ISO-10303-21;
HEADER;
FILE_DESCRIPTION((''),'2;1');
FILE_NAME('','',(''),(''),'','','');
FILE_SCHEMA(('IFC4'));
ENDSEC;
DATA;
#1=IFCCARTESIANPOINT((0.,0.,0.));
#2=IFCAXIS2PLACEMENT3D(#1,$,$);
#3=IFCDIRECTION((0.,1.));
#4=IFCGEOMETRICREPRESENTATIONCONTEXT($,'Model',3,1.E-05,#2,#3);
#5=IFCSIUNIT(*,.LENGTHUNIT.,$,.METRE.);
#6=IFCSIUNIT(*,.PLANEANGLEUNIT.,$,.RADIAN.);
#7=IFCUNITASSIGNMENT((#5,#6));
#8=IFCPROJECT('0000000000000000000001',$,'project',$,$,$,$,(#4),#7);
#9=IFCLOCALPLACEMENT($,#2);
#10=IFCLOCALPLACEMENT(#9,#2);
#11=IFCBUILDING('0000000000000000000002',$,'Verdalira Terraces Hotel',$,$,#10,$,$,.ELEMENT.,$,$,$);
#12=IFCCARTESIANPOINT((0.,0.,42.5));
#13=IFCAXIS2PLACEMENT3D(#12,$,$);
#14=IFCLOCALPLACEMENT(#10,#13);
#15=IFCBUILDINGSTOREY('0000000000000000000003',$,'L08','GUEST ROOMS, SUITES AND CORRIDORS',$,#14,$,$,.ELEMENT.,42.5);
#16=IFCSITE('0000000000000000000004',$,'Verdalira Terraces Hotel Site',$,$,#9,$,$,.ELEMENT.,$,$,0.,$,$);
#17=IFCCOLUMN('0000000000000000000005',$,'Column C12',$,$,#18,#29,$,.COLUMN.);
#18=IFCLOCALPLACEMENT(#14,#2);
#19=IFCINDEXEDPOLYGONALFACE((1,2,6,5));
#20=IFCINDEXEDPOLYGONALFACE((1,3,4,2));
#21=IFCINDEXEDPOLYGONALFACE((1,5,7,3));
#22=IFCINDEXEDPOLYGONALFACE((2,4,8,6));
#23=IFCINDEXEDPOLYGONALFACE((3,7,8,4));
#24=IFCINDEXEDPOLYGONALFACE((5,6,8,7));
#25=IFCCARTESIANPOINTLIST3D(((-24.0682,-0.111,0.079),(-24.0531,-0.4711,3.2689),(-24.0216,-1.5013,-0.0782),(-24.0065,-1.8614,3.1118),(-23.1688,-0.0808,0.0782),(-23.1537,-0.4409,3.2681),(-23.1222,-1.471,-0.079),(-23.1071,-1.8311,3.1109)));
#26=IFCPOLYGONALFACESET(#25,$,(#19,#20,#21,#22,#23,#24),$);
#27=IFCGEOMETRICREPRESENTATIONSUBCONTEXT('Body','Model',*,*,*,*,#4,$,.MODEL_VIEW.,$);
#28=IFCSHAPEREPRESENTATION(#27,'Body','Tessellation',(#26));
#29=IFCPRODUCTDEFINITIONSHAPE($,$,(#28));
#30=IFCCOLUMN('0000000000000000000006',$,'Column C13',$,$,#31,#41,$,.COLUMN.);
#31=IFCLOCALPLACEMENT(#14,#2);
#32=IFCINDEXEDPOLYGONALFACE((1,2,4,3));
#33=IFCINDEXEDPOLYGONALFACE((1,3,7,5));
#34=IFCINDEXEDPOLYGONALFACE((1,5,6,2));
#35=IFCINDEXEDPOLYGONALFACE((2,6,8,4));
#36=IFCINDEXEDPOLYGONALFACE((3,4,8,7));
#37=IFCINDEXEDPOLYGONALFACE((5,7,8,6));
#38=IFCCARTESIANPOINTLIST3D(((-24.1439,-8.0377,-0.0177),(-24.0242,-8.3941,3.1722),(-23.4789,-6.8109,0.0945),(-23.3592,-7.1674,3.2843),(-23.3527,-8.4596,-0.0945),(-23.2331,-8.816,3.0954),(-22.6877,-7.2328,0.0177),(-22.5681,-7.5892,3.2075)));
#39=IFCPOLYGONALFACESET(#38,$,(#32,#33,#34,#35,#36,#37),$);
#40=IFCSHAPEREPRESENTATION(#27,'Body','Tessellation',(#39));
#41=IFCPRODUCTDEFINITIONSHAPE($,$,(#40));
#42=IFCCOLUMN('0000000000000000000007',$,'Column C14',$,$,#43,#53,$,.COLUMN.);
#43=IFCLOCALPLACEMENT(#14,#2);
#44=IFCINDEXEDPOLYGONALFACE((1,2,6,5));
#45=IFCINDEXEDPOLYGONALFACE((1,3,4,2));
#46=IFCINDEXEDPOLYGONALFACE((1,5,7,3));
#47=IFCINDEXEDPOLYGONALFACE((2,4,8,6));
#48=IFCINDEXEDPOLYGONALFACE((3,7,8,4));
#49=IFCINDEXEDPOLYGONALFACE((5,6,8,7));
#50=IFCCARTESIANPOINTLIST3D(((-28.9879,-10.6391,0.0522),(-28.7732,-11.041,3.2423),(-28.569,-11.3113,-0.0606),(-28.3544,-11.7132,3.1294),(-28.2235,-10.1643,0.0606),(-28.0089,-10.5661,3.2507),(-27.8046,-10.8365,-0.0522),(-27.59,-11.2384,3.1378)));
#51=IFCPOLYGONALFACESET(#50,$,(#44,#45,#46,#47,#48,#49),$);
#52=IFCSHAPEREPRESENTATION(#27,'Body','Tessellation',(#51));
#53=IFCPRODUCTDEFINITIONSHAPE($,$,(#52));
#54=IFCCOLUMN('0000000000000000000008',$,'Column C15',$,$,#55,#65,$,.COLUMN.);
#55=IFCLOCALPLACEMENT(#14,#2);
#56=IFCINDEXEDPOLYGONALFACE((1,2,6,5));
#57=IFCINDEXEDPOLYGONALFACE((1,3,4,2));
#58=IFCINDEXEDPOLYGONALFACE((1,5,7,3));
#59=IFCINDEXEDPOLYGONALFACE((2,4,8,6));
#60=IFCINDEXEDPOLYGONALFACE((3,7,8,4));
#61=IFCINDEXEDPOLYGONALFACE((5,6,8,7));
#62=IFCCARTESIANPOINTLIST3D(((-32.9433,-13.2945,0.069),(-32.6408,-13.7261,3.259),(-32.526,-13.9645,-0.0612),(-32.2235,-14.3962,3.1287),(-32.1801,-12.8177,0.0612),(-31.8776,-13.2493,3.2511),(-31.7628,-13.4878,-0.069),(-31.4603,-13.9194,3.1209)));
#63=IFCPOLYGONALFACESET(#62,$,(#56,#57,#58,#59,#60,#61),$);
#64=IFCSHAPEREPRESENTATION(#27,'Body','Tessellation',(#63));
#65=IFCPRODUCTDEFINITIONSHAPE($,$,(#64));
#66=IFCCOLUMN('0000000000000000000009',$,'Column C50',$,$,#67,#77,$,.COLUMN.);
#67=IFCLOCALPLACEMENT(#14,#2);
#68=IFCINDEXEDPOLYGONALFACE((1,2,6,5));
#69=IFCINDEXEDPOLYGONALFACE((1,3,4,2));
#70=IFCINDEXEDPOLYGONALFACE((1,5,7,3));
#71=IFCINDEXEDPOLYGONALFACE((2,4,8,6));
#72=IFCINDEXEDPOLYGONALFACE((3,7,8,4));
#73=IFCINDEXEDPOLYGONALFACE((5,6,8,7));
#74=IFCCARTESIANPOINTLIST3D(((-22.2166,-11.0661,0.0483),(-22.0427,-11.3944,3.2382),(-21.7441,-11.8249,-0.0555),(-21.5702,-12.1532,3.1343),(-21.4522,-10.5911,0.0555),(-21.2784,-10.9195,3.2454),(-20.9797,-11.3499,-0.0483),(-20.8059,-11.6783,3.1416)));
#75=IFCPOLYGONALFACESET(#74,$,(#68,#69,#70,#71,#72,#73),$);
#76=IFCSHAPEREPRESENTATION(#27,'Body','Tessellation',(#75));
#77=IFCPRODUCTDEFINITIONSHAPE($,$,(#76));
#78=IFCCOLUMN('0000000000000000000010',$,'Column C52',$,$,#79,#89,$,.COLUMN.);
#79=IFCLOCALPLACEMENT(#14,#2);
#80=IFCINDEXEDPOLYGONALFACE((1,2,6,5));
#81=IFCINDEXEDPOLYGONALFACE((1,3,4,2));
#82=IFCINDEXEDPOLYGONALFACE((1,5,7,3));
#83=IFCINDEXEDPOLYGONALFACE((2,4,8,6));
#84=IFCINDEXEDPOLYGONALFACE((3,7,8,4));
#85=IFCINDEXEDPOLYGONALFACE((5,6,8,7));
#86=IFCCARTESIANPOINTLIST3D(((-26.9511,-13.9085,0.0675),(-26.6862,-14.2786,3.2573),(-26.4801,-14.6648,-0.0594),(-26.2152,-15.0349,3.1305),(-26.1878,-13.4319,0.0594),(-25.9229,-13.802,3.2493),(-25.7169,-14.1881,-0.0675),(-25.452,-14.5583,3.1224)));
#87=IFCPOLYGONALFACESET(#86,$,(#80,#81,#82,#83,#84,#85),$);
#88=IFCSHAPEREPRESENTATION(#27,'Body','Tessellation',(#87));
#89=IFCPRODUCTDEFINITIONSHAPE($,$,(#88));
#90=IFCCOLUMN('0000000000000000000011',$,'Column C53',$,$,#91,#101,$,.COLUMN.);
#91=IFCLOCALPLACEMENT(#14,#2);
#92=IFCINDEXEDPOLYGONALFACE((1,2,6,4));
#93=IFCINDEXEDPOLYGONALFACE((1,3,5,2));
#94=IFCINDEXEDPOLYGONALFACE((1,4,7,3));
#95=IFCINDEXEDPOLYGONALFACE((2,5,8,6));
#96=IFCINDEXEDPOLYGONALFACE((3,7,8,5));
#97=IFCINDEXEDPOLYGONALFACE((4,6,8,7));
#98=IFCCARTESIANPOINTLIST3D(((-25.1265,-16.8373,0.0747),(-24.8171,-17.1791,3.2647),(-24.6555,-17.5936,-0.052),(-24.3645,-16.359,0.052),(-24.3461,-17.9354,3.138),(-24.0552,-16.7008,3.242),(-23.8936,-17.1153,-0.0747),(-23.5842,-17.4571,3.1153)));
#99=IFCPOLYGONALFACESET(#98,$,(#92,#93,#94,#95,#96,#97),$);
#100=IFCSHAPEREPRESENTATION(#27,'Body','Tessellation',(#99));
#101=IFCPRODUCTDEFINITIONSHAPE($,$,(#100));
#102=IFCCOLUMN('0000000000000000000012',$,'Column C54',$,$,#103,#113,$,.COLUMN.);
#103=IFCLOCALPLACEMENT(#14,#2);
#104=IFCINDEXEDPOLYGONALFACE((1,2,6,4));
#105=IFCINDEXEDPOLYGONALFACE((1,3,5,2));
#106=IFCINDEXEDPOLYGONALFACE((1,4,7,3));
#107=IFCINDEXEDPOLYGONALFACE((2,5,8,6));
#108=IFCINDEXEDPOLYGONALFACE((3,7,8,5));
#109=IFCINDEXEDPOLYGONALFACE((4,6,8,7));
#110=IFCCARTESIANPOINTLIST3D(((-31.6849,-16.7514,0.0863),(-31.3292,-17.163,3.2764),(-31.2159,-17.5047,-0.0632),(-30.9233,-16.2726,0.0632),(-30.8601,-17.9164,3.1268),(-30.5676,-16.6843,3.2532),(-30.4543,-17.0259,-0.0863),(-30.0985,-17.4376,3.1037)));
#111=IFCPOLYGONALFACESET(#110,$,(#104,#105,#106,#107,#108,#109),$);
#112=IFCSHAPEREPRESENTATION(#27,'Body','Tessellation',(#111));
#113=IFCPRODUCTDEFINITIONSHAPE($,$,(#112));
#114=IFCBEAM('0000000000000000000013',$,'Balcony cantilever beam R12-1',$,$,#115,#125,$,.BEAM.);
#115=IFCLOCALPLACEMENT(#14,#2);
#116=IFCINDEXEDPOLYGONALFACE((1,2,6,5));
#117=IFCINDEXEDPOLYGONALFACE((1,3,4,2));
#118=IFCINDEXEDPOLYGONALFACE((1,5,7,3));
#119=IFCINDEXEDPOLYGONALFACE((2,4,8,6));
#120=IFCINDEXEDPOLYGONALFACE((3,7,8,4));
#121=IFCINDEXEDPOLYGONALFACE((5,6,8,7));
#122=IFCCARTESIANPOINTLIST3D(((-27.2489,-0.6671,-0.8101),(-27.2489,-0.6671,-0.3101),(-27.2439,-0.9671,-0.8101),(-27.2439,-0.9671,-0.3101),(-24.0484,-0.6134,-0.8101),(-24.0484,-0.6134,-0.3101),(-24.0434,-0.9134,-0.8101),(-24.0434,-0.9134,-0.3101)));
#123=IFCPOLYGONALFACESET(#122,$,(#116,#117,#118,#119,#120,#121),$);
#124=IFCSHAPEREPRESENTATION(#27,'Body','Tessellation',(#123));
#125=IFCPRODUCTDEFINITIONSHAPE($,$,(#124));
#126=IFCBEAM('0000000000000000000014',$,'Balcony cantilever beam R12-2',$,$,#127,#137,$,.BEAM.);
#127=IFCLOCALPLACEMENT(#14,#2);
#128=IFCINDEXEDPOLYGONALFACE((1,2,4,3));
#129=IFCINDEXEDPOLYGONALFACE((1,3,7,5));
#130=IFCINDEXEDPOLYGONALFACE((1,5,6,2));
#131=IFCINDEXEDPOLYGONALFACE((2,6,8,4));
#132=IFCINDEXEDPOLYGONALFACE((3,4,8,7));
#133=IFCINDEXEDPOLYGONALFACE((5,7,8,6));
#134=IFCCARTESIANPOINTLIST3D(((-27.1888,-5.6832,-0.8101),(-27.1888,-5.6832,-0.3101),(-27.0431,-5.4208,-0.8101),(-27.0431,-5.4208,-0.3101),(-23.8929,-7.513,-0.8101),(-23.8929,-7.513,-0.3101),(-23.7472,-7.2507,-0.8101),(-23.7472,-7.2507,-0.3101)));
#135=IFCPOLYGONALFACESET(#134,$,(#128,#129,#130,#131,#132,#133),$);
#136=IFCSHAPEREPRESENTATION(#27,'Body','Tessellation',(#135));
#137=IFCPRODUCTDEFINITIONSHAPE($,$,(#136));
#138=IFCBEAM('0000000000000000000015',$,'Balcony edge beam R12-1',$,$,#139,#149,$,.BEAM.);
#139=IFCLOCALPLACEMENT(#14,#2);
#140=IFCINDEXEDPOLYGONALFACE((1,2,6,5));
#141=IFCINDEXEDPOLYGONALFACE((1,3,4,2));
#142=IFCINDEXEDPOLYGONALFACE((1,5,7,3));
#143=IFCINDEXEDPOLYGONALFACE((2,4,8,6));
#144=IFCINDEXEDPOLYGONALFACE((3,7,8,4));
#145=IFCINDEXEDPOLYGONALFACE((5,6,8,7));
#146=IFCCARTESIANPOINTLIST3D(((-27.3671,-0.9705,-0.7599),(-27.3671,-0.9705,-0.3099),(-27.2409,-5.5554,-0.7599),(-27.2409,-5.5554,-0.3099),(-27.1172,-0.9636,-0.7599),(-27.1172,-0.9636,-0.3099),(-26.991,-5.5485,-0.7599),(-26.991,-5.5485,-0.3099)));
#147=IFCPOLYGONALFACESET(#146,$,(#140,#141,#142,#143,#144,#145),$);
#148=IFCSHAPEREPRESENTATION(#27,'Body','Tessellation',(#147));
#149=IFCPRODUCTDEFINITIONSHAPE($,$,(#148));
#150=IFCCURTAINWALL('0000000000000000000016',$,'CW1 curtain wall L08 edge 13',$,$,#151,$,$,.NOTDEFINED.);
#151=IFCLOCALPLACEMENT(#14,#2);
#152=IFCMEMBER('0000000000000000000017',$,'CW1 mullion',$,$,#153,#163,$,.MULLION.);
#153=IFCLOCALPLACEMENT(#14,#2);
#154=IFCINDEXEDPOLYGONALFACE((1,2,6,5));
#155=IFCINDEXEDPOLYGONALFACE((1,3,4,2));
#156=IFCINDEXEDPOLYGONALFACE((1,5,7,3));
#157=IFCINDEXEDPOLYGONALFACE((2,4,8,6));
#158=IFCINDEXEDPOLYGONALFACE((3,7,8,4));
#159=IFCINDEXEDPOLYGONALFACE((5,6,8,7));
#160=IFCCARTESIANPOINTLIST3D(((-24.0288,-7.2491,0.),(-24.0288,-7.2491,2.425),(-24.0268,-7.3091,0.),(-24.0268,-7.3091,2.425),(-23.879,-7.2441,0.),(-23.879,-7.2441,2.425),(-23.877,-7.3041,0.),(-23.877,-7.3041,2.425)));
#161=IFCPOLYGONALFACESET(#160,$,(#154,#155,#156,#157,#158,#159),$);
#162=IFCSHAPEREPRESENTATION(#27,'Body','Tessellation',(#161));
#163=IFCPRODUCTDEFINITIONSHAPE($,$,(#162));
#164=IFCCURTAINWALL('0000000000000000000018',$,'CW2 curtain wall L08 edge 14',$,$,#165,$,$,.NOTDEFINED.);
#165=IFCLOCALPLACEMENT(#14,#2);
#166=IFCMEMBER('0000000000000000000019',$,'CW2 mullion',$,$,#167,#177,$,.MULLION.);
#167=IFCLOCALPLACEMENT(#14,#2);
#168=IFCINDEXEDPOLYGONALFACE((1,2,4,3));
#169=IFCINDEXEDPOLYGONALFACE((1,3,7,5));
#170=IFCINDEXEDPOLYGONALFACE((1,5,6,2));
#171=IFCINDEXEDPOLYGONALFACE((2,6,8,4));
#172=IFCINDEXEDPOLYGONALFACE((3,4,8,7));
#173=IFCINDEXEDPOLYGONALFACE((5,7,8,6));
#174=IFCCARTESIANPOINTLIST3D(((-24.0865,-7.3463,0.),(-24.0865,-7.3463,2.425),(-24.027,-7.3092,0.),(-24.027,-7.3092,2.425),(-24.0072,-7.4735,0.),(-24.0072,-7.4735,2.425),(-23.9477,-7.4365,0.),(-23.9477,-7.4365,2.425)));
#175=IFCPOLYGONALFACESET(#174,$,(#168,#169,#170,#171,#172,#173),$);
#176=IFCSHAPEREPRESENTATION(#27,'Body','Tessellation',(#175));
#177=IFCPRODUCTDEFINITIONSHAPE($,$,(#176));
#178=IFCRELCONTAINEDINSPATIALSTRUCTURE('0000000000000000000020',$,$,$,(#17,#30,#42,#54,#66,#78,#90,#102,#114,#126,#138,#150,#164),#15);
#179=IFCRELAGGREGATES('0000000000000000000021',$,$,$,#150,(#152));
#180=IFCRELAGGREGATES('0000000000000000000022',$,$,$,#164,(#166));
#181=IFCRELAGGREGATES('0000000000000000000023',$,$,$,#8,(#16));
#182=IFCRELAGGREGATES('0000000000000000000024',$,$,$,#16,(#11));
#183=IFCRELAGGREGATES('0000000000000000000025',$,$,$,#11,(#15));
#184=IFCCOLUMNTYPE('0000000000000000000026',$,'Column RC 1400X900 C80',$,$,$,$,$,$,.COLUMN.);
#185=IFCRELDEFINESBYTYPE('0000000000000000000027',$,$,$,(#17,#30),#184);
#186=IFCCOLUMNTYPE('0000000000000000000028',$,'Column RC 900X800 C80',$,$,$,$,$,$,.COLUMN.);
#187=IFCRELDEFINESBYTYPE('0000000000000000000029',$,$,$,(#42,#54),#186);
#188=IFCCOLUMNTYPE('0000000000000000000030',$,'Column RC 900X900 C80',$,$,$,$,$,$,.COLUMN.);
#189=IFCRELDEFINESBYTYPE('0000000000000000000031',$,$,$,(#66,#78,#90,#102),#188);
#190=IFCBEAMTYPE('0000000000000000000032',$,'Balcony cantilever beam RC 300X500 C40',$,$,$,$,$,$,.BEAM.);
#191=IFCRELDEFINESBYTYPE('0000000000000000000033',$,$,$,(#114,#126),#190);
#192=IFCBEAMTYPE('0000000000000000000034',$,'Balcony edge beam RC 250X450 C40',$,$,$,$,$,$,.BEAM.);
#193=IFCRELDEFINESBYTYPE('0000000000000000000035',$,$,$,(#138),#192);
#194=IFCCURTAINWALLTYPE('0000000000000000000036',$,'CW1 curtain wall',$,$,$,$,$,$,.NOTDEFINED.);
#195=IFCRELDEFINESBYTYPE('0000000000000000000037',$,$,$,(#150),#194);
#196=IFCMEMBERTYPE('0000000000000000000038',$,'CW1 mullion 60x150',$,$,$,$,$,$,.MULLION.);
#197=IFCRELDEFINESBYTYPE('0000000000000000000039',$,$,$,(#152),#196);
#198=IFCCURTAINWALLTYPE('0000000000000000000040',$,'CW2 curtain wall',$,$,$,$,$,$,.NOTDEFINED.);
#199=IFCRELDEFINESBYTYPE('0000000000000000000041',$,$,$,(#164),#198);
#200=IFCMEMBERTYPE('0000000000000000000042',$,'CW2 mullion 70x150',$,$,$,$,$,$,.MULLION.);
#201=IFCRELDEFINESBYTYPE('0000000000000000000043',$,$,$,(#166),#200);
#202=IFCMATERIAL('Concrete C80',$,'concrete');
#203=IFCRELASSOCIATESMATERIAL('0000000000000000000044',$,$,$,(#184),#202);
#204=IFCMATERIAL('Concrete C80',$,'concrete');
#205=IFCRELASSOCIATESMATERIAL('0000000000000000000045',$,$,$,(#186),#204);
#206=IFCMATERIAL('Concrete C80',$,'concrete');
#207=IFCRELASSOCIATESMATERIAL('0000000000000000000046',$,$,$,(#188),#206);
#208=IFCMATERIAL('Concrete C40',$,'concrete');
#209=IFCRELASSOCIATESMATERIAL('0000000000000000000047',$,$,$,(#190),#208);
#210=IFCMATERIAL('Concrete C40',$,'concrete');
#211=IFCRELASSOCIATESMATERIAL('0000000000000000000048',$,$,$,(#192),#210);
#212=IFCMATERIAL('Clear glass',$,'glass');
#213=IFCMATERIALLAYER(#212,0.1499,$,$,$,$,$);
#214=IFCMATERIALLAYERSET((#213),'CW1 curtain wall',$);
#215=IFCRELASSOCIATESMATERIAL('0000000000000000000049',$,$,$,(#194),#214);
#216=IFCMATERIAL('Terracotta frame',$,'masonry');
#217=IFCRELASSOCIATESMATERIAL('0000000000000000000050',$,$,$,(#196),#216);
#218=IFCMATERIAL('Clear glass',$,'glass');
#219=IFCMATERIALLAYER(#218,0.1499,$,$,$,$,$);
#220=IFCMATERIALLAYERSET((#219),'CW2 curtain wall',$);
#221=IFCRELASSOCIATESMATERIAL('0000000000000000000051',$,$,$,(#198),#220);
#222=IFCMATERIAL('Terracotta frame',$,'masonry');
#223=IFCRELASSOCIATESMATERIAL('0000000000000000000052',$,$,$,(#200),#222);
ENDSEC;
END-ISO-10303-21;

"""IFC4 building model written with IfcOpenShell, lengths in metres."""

from ifc_helpers import new_model, si_unit, direction, frame, origin, origin_2d, place, context, subcontext, project, spatial, rectangle, extrude, material, layer, layer_set, material_profile, profile_set, type_object, element, aggregate, save


model = new_model("IFC4")

# Units and contexts
model_context = context("Model", 3, precision=1e-05, world=origin(), true_north=direction((0.0, 1.0)))
body_context = subcontext(model_context, "Body", "Model", "MODEL_VIEW")
ifc_project = project(units=[si_unit("LENGTHUNIT", "METRE"), si_unit("PLANEANGLEUNIT", "RADIAN")], contexts=[model_context])

# Site, building, storey
site_placement = place(None, origin())
site = spatial("IfcSite", under=ifc_project, at=site_placement, Name="Verdalira Terraces Hotel Site", CompositionType="ELEMENT", RefElevation=0.0)
building_placement = place(site_placement, origin())
building = spatial("IfcBuilding", under=site, at=building_placement, Name="Verdalira Terraces Hotel", CompositionType="ELEMENT")
storey_placement = place(building_placement, frame((0.0, 0.0, 42.5)))
storey = spatial("IfcBuildingStorey", under=building, at=storey_placement, Name="L08", Description="GUEST ROOMS, SUITES AND CORRIDORS", CompositionType="ELEMENT", Elevation=42.5)

# Columns
ifc_material_1 = material(Name="Concrete C80", Category="concrete")
ifc_material_profile_1 = material_profile(ifc_material_1, rectangle(XDim=1.3999, YDim=0.8999, at=origin_2d()), Name="RC 1400X900")
ifc_profile_set_1 = profile_set([ifc_material_profile_1], Name="Concrete C80")
column_type_1 = type_object("IfcColumnType", Name="Column RC 1400X900 C80", PredefinedType="COLUMN", material=ifc_profile_set_1)
column_1_placement = place(storey_placement, frame((-23.5952, -0.791, 0.0), z_axis=(0.004715, -0.112175, 0.993677), x_axis=(0.033306, -0.993119, -0.11227)))
element("IfcColumn", 1, at=column_1_placement, inside=storey, type_object=column_type_1, Name="Column C12", PredefinedType="COLUMN", context=body_context, shape_type="SweptSolid", body=[
    extrude(rectangle(XDim=1.3999, YDim=0.8999, at=origin_2d()), origin(), (0.0, 0.0, 1.0), 3.2102),
])
column_2_placement = place(storey_placement, frame((-23.4158, -7.6353, 0.0), z_axis=(0.037244, -0.110972, 0.993125), x_axis=(0.475039, 0.876311, 0.080104)))
element("IfcColumn", 2, at=column_2_placement, inside=storey, type_object=column_type_1, Name="Column C13", PredefinedType="COLUMN", context=body_context, shape_type="SweptSolid", body=[
    extrude(rectangle(XDim=1.3999, YDim=0.8999, at=origin_2d()), origin(), (0.0, 0.0, 1.0), 3.2119),
])
ifc_material_2 = material(Name="Concrete C80", Category="concrete")
ifc_material_profile_2 = material_profile(ifc_material_2, rectangle(XDim=0.8999, YDim=0.8, at=origin_2d()), Name="RC 900X800")
ifc_profile_set_2 = profile_set([ifc_material_profile_2], Name="Concrete C80")
column_type_2 = type_object("IfcColumnType", Name="Column RC 900X800 C80", PredefinedType="COLUMN", material=ifc_profile_set_2)
column_3_placement = place(storey_placement, frame((-28.3962, -10.7378, 0.0), z_axis=(0.066598, -0.12471, 0.989956), x_axis=(-0.84941, -0.527651, -0.009328)))
element("IfcColumn", 3, at=column_3_placement, inside=storey, type_object=column_type_2, Name="Column C14", PredefinedType="COLUMN", context=body_context, shape_type="SweptSolid", body=[
    extrude(rectangle(XDim=0.8999, YDim=0.8, at=origin_2d()), origin(), (0.0, 0.0, 1.0), 3.2224),
])
column_4_placement = place(storey_placement, frame((-32.353, -13.3911, 0.0), z_axis=(0.093558, -0.133503, 0.986622), x_axis=(-0.848078, -0.529799, 0.008731)))
element("IfcColumn", 4, at=column_4_placement, inside=storey, type_object=column_type_2, Name="Column C15", PredefinedType="COLUMN", context=body_context, shape_type="SweptSolid", body=[
    extrude(rectangle(XDim=0.8999, YDim=0.8, at=origin_2d()), origin(), (0.0, 0.0, 1.0), 3.2332),
])
ifc_material_3 = material(Name="Concrete C80", Category="concrete")
ifc_material_profile_3 = material_profile(ifc_material_3, rectangle(XDim=0.8999, YDim=0.8999, at=origin_2d()), Name="RC 900X900")
ifc_profile_set_3 = profile_set([ifc_material_profile_3], Name="Concrete C80")
column_type_3 = type_object("IfcColumnType", Name="Column RC 900X900 C80", PredefinedType="COLUMN", material=ifc_profile_set_3)
column_5_placement = place(storey_placement, frame((-21.5981, -11.208, 0.0), z_axis=(0.054127, -0.102248, 0.993285), x_axis=(-0.849356, -0.527759, -0.008043)))
element("IfcColumn", 5, at=column_5_placement, inside=storey, type_object=column_type_3, Name="Column C50", PredefinedType="COLUMN", context=body_context, shape_type="SweptSolid", body=[
    extrude(rectangle(XDim=0.8999, YDim=0.8999, at=origin_2d()), origin(), (0.0, 0.0, 1.0), 3.2114),
])
column_6_placement = place(storey_placement, frame((-26.334, -14.0483, 0.0), z_axis=(0.082207, -0.114863, 0.989974), x_axis=(-0.848152, -0.529677, 0.008974)))
element("IfcColumn", 6, at=column_6_placement, inside=storey, type_object=column_type_3, Name="Column C52", PredefinedType="COLUMN", context=body_context, shape_type="SweptSolid", body=[
    extrude(rectangle(XDim=0.8999, YDim=0.8999, at=origin_2d()), origin(), (0.0, 0.0, 1.0), 3.2222),
])
column_7_placement = place(storey_placement, frame((-24.51, -16.9763, 0.0), z_axis=(0.095972, -0.106047, 0.989719), x_axis=(-0.846679, -0.53151, 0.025151)))
element("IfcColumn", 7, at=column_7_placement, inside=storey, type_object=column_type_3, Name="Column C53", PredefinedType="COLUMN", context=body_context, shape_type="SweptSolid", body=[
    extrude(rectangle(XDim=0.8999, YDim=0.8999, at=origin_2d()), origin(), (0.0, 0.0, 1.0), 3.2231),
])
column_8_placement = place(storey_placement, frame((-31.0696, -16.8887, 0.0), z_axis=(0.109924, -0.127201, 0.985767), x_axis=(-0.846323, -0.532049, 0.02572)))
element("IfcColumn", 8, at=column_8_placement, inside=storey, type_object=column_type_3, Name="Column C54", PredefinedType="COLUMN", context=body_context, shape_type="SweptSolid", body=[
    extrude(rectangle(XDim=0.8999, YDim=0.8999, at=origin_2d()), origin(), (0.0, 0.0, 1.0), 3.2361),
])

# Beams
ifc_material_4 = material(Name="Concrete C40", Category="concrete")
ifc_material_profile_4 = material_profile(ifc_material_4, rectangle(XDim=0.3, YDim=0.5, at=origin_2d()), Name="RC 300X500")
ifc_profile_set_4 = profile_set([ifc_material_profile_4], Name="Concrete C40")
beam_type_1 = type_object("IfcBeamType", Name="Balcony cantilever beam RC 300X500 C40", PredefinedType="BEAM", material=ifc_profile_set_4)
beam_1_placement = place(storey_placement, frame((-24.0459, -0.7634, -0.5601), z_axis=(-0.999859, -0.01678, 0.0), x_axis=(0.01678, -0.999859, 0.0)))
element("IfcBeam", 9, at=beam_1_placement, inside=storey, type_object=beam_type_1, Name="Balcony cantilever beam R12-1", PredefinedType="BEAM", context=body_context, shape_type="SweptSolid", body=[
    extrude(rectangle(XDim=0.3, YDim=0.5, at=origin_2d()), origin(), (0.0, 0.0, 1.0), 3.2009),
])
beam_2_placement = place(storey_placement, frame((-23.8201, -7.3818, -0.5601), z_axis=(-0.874295, 0.485395, 0.0), x_axis=(-0.485395, -0.874295, 0.0)))
element("IfcBeam", 10, at=beam_2_placement, inside=storey, type_object=beam_type_1, Name="Balcony cantilever beam R12-2", PredefinedType="BEAM", context=body_context, shape_type="SweptSolid", body=[
    extrude(rectangle(XDim=0.3, YDim=0.5, at=origin_2d()), origin(), (0.0, 0.0, 1.0), 3.7698),
])
ifc_material_5 = material(Name="Concrete C40", Category="concrete")
ifc_material_profile_5 = material_profile(ifc_material_5, rectangle(XDim=0.25, YDim=0.45, at=origin_2d()), Name="RC 250X450")
ifc_profile_set_5 = profile_set([ifc_material_profile_5], Name="Concrete C40")
beam_type_2 = type_object("IfcBeamType", Name="Balcony edge beam RC 250X450 C40", PredefinedType="BEAM", material=ifc_profile_set_5)
beam_3_placement = place(storey_placement, frame((-27.2422, -0.967, -0.5349), z_axis=(0.027519, -0.999621, 0.0), x_axis=(0.999621, 0.027519, 0.0)))
element("IfcBeam", 11, at=beam_3_placement, inside=storey, type_object=beam_type_2, Name="Balcony edge beam R12-1", PredefinedType="BEAM", context=body_context, shape_type="SweptSolid", body=[
    extrude(rectangle(XDim=0.25, YDim=0.45, at=origin_2d()), origin(), (0.0, 0.0, 1.0), 4.5867),
])

# Curtain wall, member
ifc_material_6 = material(Name="Clear glass", Category="glass")
ifc_layer_1 = layer(ifc_material_6, 0.1499)
ifc_layer_set_1 = layer_set([ifc_layer_1], Name="CW1 curtain wall")
curtain_wall_type_1 = type_object("IfcCurtainWallType", Name="CW1 curtain wall", PredefinedType="NOTDEFINED", material=ifc_layer_set_1)
curtain_wall_1_placement = place(storey_placement, origin())
curtain_wall_1 = element("IfcCurtainWall", 12, at=curtain_wall_1_placement, inside=storey, type_object=curtain_wall_type_1, Name="CW1 curtain wall L08 edge 13", PredefinedType="NOTDEFINED")
ifc_material_7 = material(Name="Terracotta frame", Category="masonry")
ifc_material_profile_6 = material_profile(ifc_material_7, rectangle(XDim=0.0601, YDim=0.1499, at=origin_2d()), Name="MU 60x150")
ifc_profile_set_6 = profile_set([ifc_material_profile_6], Name="Terracotta frame")
member_type_1 = type_object("IfcMemberType", Name="CW1 mullion 60x150", PredefinedType="MULLION", material=ifc_profile_set_6)
member_1_placement = place(storey_placement, frame((-23.9529, -7.2766, 0.0), z_axis=(0.0, 0.0, 1.0), x_axis=(0.033504, -0.999439, 0.0)))
member_1 = element("IfcMember", 13, at=member_1_placement, type_object=member_type_1, Name="CW1 mullion", PredefinedType="MULLION", context=body_context, shape_type="SweptSolid", body=[
    extrude(rectangle(XDim=0.0601, YDim=0.1499, at=origin_2d()), origin(), (0.0, 0.0, 1.0), 2.425),
])

# Curtain wall, member
ifc_material_8 = material(Name="Clear glass", Category="glass")
ifc_layer_2 = layer(ifc_material_8, 0.1499)
ifc_layer_set_2 = layer_set([ifc_layer_2], Name="CW2 curtain wall")
curtain_wall_type_2 = type_object("IfcCurtainWallType", Name="CW2 curtain wall", PredefinedType="NOTDEFINED", material=ifc_layer_set_2)
curtain_wall_2_placement = place(storey_placement, origin())
curtain_wall_2 = element("IfcCurtainWall", 14, at=curtain_wall_2_placement, inside=storey, type_object=curtain_wall_type_2, Name="CW2 curtain wall L08 edge 14", PredefinedType="NOTDEFINED")
ifc_material_9 = material(Name="Terracotta frame", Category="masonry")
ifc_material_profile_7 = material_profile(ifc_material_9, rectangle(XDim=0.0701, YDim=0.1499, at=origin_2d()), Name="MU 70x150")
ifc_profile_set_7 = profile_set([ifc_material_profile_7], Name="Terracotta frame")
member_type_2 = type_object("IfcMemberType", Name="CW2 mullion 70x150", PredefinedType="MULLION", material=ifc_profile_set_7)
member_2_placement = place(storey_placement, frame((-24.0171, -7.3914, 0.0), z_axis=(0.0, 0.0, 1.0), x_axis=(-0.848787, -0.528735, 0.0)))
member_2 = element("IfcMember", 15, at=member_2_placement, type_object=member_type_2, Name="CW2 mullion", PredefinedType="MULLION", context=body_context, shape_type="SweptSolid", body=[
    extrude(rectangle(XDim=0.0701, YDim=0.1499, at=origin_2d()), origin(), (0.0, 0.0, 1.0), 2.425),
])

aggregate(curtain_wall_1, [member_1])
aggregate(curtain_wall_2, [member_2])

save(model, "model.ifc")
